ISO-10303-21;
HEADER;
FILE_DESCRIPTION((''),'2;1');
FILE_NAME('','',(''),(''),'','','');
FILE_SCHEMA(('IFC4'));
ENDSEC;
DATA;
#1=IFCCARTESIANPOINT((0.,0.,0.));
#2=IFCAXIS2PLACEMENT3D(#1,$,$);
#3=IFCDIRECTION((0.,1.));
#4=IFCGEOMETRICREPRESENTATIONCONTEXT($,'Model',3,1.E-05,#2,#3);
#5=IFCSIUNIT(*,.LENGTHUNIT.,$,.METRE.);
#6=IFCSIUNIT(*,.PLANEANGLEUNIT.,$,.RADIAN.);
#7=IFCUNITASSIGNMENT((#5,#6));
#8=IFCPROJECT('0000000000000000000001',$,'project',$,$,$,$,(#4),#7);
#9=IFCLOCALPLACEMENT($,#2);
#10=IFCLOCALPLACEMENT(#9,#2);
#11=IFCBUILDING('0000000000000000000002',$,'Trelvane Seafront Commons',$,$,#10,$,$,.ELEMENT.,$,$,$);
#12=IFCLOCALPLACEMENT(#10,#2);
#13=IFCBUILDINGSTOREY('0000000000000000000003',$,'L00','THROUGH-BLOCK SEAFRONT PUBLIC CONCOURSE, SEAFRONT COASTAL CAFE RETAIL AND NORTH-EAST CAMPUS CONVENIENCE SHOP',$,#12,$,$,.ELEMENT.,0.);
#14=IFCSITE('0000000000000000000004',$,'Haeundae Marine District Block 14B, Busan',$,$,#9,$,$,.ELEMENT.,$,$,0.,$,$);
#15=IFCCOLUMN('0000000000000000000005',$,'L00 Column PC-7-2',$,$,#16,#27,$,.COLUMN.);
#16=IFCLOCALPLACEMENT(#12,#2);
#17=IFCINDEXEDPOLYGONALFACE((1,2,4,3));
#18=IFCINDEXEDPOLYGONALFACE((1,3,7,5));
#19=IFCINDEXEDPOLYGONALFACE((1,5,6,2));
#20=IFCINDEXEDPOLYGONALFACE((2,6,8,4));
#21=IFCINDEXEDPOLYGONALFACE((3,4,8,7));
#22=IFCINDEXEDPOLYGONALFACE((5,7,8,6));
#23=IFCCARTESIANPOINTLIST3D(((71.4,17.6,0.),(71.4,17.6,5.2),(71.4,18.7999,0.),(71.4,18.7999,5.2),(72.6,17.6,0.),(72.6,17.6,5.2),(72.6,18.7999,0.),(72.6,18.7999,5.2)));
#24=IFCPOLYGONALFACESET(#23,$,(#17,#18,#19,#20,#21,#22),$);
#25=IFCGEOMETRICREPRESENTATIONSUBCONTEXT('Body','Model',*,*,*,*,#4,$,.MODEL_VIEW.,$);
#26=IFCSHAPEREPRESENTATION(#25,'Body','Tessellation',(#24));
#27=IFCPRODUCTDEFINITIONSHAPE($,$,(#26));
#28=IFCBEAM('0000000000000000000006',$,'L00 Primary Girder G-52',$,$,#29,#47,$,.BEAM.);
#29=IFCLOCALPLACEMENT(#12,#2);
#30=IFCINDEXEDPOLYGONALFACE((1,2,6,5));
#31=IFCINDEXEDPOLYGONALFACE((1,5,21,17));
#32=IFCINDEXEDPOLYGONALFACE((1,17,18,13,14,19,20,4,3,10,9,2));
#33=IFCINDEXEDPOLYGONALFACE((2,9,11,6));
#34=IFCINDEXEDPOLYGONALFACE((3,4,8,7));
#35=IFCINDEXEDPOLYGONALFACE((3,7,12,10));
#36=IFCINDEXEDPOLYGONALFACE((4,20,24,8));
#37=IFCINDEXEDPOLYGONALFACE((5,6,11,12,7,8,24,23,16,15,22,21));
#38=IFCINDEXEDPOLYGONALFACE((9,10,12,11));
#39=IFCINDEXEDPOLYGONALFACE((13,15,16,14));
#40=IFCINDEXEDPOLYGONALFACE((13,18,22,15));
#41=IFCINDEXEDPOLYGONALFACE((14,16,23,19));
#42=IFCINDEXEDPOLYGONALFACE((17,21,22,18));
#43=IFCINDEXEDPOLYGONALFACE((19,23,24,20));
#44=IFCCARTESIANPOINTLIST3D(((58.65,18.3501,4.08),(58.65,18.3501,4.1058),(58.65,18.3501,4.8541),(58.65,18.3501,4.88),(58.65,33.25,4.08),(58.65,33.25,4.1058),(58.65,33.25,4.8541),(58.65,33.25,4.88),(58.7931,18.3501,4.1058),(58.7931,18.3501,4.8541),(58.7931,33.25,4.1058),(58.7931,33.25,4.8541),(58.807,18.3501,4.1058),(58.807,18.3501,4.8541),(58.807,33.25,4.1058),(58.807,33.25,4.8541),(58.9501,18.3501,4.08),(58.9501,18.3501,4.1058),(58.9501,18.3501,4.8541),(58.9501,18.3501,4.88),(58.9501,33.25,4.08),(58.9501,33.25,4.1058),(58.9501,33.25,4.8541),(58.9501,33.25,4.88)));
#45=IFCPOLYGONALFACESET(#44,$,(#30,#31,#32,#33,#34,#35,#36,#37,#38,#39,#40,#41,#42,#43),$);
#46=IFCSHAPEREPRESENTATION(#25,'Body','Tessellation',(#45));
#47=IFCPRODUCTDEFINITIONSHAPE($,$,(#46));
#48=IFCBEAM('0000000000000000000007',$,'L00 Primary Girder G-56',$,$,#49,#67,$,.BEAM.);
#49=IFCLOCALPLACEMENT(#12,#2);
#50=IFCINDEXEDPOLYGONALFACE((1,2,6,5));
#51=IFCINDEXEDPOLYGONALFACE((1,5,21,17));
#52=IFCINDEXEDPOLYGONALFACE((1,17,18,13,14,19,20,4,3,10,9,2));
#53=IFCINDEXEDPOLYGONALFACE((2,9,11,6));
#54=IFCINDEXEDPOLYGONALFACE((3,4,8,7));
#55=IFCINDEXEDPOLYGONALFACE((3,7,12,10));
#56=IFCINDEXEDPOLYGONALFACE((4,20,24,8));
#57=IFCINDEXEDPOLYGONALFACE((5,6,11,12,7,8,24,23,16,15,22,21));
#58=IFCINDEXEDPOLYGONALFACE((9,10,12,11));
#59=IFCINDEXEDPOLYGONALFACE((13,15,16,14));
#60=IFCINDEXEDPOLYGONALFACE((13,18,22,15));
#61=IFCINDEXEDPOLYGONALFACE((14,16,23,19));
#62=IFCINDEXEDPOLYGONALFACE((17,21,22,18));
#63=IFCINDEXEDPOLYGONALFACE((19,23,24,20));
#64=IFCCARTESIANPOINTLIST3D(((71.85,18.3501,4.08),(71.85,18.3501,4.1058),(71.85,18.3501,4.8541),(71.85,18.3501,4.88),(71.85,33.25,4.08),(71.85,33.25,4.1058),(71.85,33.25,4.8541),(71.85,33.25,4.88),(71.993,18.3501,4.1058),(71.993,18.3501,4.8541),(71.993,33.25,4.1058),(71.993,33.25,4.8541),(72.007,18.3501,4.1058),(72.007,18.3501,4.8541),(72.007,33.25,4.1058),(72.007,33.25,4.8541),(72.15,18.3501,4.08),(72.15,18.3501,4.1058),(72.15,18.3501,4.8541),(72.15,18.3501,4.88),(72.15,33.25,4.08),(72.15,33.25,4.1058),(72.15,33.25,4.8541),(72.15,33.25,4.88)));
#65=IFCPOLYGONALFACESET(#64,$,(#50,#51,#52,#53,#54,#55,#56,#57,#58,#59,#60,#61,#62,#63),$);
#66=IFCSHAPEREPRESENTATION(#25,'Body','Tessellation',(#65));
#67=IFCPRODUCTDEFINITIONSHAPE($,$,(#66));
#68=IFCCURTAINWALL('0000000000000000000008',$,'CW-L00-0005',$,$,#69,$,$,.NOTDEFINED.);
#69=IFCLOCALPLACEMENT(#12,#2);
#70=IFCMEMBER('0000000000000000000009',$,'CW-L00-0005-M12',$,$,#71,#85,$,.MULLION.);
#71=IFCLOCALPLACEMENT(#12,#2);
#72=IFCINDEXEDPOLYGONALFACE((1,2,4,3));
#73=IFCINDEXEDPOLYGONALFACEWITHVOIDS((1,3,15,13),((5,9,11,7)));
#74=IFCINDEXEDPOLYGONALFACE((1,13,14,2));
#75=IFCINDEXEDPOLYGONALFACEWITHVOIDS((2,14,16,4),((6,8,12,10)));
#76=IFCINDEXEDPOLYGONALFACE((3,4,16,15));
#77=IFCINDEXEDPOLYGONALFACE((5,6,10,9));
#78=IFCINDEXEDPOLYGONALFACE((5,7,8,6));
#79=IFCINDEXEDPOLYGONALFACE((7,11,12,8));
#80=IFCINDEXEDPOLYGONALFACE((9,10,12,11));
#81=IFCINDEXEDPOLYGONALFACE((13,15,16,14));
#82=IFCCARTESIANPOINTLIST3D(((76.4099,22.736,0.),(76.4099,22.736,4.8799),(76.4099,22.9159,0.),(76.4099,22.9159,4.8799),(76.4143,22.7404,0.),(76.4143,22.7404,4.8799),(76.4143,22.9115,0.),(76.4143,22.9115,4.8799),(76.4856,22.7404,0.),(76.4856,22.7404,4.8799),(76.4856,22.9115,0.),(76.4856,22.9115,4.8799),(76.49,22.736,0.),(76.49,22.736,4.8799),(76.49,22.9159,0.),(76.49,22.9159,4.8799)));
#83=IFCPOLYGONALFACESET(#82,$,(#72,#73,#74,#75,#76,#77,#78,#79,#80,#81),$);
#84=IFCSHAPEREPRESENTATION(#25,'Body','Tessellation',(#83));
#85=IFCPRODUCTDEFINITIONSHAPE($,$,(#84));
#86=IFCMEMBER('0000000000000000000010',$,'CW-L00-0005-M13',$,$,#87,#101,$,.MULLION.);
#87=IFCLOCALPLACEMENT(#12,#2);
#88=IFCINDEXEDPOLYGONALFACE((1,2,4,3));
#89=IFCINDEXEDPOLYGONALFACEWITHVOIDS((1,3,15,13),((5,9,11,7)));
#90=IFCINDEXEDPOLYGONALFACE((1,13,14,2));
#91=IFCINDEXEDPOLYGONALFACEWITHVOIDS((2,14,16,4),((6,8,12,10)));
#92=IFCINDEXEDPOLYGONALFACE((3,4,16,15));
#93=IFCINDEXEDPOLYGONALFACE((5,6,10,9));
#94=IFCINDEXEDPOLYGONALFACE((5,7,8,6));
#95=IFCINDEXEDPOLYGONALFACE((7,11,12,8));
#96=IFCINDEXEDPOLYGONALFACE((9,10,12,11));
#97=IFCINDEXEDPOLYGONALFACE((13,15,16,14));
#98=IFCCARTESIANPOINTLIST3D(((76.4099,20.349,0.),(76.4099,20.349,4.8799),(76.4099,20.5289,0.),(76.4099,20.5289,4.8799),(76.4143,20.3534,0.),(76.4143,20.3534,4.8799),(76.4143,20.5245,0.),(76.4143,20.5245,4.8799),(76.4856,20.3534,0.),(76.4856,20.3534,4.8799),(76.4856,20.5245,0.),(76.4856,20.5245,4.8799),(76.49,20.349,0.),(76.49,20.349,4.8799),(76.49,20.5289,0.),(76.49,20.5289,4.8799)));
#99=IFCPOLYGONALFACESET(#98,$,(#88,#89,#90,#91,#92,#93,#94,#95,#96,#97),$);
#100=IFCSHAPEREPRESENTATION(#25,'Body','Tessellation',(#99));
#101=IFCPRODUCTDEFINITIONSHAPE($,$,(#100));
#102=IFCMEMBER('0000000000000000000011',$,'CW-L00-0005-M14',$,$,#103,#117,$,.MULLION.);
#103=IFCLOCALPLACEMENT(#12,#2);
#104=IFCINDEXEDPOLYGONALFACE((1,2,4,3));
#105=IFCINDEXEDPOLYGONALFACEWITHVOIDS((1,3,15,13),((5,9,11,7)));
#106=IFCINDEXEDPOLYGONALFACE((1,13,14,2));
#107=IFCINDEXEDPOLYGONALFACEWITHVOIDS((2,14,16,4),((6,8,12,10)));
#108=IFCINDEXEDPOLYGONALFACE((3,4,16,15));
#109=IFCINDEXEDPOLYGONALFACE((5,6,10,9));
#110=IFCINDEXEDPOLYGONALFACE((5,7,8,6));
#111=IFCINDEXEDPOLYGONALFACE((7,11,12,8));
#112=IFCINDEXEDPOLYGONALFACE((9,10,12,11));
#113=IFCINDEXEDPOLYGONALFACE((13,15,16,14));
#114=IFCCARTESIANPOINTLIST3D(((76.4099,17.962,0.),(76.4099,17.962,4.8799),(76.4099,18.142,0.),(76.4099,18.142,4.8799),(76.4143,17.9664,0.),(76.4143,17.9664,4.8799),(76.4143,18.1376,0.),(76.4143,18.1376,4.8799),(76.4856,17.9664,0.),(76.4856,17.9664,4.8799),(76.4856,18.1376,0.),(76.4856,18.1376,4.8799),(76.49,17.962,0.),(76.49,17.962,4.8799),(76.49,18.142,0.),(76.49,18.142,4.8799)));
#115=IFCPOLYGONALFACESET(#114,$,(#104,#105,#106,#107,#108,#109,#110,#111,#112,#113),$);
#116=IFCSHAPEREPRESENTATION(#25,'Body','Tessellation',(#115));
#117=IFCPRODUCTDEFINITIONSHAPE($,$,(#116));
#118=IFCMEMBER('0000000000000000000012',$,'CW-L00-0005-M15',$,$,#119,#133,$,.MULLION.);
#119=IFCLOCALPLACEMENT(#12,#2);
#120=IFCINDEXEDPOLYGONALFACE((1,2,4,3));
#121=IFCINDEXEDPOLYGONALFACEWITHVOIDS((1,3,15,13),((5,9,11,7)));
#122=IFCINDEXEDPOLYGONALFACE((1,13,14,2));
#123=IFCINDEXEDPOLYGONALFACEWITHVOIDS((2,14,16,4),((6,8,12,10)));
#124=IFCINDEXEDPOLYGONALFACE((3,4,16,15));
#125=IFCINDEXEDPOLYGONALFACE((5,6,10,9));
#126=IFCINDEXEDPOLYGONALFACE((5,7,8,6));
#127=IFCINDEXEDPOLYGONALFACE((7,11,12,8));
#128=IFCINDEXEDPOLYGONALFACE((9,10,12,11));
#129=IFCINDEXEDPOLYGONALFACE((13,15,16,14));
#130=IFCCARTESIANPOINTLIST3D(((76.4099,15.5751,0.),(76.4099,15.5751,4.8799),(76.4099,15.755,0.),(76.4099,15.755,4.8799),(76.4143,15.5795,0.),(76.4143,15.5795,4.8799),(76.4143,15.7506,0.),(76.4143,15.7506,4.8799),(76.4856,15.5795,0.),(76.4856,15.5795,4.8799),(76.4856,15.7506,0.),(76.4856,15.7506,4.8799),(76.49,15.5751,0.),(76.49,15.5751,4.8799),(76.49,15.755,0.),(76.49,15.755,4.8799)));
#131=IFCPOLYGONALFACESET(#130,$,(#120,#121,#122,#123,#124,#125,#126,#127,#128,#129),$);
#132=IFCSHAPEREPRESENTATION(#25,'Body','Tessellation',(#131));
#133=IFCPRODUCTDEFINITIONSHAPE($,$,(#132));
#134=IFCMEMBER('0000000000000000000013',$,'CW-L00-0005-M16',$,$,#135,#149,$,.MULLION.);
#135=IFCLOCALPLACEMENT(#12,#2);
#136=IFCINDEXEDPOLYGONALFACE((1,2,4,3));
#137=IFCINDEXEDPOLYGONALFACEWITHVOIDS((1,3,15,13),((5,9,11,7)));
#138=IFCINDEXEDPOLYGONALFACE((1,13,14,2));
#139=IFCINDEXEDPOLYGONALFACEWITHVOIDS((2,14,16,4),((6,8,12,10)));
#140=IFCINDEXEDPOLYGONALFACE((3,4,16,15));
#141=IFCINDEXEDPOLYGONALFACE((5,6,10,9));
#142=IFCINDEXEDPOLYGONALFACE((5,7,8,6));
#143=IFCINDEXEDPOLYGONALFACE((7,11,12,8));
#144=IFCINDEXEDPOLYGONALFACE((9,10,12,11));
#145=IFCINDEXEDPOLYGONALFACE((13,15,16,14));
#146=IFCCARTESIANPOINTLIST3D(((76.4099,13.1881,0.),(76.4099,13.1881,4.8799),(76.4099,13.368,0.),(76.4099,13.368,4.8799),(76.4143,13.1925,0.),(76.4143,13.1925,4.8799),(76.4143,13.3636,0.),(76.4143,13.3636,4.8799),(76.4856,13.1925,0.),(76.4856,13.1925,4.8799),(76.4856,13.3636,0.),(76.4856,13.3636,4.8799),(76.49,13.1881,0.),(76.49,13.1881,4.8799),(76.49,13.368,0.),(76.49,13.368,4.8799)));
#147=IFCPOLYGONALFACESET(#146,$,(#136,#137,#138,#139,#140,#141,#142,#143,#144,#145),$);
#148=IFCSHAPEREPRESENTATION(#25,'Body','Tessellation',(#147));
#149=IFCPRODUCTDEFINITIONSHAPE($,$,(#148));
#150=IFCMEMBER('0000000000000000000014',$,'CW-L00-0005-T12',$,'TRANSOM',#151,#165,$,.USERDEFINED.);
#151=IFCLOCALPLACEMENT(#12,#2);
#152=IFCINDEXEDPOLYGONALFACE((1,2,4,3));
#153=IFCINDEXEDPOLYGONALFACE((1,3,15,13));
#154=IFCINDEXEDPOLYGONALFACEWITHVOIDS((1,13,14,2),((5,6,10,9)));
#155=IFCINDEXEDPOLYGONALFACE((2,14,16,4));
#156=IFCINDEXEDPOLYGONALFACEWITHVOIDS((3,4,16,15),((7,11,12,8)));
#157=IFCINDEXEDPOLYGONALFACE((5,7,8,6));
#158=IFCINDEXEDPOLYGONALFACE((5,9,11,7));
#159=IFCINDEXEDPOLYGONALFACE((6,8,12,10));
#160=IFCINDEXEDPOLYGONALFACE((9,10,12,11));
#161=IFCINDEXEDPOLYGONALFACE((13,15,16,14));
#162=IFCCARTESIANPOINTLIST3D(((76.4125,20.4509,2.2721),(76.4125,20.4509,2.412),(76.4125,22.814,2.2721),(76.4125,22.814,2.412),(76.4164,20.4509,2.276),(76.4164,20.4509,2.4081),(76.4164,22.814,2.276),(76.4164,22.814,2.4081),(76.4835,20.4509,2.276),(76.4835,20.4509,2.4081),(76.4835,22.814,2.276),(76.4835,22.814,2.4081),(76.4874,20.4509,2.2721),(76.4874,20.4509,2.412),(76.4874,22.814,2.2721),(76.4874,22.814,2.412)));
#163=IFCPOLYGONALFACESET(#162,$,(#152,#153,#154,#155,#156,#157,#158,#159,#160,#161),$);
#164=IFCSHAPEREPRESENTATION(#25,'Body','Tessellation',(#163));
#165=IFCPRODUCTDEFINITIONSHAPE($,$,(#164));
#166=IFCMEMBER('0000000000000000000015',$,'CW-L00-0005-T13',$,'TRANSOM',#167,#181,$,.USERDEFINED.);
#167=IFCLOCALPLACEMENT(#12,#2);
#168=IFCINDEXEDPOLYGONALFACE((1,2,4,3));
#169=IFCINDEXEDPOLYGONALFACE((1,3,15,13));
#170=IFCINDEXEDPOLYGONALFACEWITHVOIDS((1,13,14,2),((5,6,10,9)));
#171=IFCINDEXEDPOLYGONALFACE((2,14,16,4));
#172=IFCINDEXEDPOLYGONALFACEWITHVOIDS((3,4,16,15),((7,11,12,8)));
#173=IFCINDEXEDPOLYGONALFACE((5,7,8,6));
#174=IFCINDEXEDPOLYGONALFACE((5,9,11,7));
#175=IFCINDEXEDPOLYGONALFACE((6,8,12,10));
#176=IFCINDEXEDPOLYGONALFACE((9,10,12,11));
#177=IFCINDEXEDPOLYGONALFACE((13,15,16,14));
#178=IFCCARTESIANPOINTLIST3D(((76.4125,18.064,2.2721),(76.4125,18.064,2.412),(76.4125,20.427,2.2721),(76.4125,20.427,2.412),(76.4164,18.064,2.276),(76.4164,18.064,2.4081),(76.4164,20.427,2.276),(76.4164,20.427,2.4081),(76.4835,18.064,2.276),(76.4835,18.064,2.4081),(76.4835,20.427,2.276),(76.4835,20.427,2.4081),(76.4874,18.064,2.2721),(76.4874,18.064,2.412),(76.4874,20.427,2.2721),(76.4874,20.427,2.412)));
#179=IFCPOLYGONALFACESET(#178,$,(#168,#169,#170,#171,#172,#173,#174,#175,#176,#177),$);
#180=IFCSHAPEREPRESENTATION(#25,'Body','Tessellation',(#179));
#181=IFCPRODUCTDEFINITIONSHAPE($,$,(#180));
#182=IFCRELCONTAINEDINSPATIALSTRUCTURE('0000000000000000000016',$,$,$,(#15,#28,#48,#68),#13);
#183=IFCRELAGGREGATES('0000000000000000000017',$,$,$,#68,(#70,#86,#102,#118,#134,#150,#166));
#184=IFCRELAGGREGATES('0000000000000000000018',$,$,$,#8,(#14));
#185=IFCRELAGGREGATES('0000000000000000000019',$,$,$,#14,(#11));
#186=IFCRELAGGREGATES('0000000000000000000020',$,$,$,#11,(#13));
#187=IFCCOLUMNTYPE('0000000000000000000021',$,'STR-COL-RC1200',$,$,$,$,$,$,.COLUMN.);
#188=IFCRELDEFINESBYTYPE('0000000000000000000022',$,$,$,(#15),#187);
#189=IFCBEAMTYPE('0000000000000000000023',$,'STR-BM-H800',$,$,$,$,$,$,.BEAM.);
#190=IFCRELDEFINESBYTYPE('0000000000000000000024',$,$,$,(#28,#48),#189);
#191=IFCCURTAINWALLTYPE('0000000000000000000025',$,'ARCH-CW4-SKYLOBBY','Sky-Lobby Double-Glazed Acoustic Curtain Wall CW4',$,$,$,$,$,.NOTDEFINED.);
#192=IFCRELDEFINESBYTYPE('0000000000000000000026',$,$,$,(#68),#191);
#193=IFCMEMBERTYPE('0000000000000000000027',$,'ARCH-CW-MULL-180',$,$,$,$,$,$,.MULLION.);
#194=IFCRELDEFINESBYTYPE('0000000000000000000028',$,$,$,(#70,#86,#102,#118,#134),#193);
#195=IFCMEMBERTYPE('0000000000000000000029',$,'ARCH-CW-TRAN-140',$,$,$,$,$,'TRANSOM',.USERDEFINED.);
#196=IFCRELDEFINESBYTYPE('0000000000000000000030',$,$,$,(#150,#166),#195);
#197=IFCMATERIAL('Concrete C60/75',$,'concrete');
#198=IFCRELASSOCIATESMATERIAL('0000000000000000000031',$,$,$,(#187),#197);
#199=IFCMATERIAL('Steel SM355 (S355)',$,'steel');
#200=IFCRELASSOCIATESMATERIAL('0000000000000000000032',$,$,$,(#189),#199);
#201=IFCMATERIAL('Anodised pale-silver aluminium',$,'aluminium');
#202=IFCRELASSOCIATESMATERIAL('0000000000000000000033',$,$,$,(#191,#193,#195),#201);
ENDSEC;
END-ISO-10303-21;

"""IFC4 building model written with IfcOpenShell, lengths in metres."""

from ifc_helpers import new_model, si_unit, direction, frame, origin, origin_2d, place, context, subcontext, project, spatial, rectangle, hollow_rectangle, i_section, extrude, source, transform, mapped, material, material_profile, profile_set, type_object, element, aggregate, save


model = new_model("IFC4")

# Units and contexts
model_context = context("Model", 3, precision=1e-05, world=origin(), true_north=direction((0.0, 1.0)))
body_context = subcontext(model_context, "Body", "Model", "MODEL_VIEW")
ifc_project = project(units=[si_unit("LENGTHUNIT", "METRE"), si_unit("PLANEANGLEUNIT", "RADIAN")], contexts=[model_context])

# Site, building, storey
site_placement = place(None, origin())
site = spatial("IfcSite", under=ifc_project, at=site_placement, Name="Haeundae Marine District Block 14B, Busan", CompositionType="ELEMENT", RefElevation=0.0)
building_placement = place(site_placement, origin())
building = spatial("IfcBuilding", under=site, at=building_placement, Name="Trelvane Seafront Commons", CompositionType="ELEMENT")
storey_placement = place(building_placement, origin())
storey = spatial("IfcBuildingStorey", under=building, at=storey_placement, Name="L00", Description="THROUGH-BLOCK SEAFRONT PUBLIC CONCOURSE, SEAFRONT COASTAL CAFE RETAIL AND NORTH-EAST CAMPUS CONVENIENCE SHOP", CompositionType="ELEMENT", Elevation=0.0)

# Column
ifc_material_1 = material(Name="Concrete C60/75", Category="concrete")
ifc_material_profile_1 = material_profile(ifc_material_1, rectangle(XDim=1.2, YDim=1.2, at=origin_2d()), Name="RC-1200x1200")
ifc_profile_set_1 = profile_set([ifc_material_profile_1], Name="Concrete C60/75")
column_type = type_object("IfcColumnType", Name="STR-COL-RC1200", PredefinedType="COLUMN", material=ifc_profile_set_1)
shared_shape_1 = source(origin(), body_context, "Body", "SweptSolid", [
    extrude(rectangle(XDim=1.2, YDim=1.2, at=origin_2d()), origin(), (0.0, 0.0, 1.0), 5.2),
])
column_placement = place(storey_placement, frame((72.0, 18.2, 0.0), z_axis=(0.0, 0.0, 1.0), x_axis=(1.0, 0.0, 0.0)))
element("IfcColumn", 1, at=column_placement, inside=storey, type_object=column_type, Name="L00 Column PC-7-2", PredefinedType="COLUMN", context=body_context, shape_type="MappedRepresentation", body=[
    mapped(shared_shape_1, transform((0.0, 0.0, 0.0), x_axis=(1.0, 0.0, 0.0), y_axis=(0.0, 1.0, 0.0), z_axis=(0.0, 0.0, 1.0), scale=1.0)),
])

# Beams
ifc_material_2 = material(Name="Steel SM355 (S355)", Category="steel")
ifc_material_profile_2 = material_profile(ifc_material_2, i_section(OverallWidth=0.3, OverallDepth=0.8, WebThickness=0.0139, FlangeThickness=0.0259, at=origin_2d()), Name="H-800x300x14x26")
ifc_profile_set_2 = profile_set([ifc_material_profile_2], Name="Steel SM355 (S355)")
beam_type = type_object("IfcBeamType", Name="STR-BM-H800", PredefinedType="BEAM", material=ifc_profile_set_2)
shared_shape_2 = source(origin(), body_context, "Body", "SweptSolid", [
    extrude(i_section(OverallWidth=0.3, OverallDepth=0.8, WebThickness=0.0139, FlangeThickness=0.0259, at=origin_2d()), origin(), (0.0, 0.0, 1.0), 14.8999),
])
for number, where, z_axis, x_axis, name in (
    (2, (58.8, 18.3501, 4.48), (0.0, 1.0, 0.0), (-1.0, 0.0, 0.0), "L00 Primary Girder G-52"),
    (3, (72.0, 18.3501, 4.48), (0.0, 1.0, 0.0), (-1.0, 0.0, 0.0), "L00 Primary Girder G-56"),
):
    element("IfcBeam", number, at=place(storey_placement, frame(where, z_axis=z_axis, x_axis=x_axis)), inside=storey, type_object=beam_type, Name=name, PredefinedType="BEAM", context=body_context, shape_type="MappedRepresentation", body=[
        mapped(shared_shape_2, transform((0.0, 0.0, 0.0), x_axis=(1.0, 0.0, 0.0), y_axis=(0.0, 1.0, 0.0), z_axis=(0.0, 0.0, 1.0), scale=1.0)),
    ])

# Curtain wall, members
ifc_material_3 = material(Name="Anodised pale-silver aluminium", Category="aluminium")
curtain_wall_type = type_object("IfcCurtainWallType", Name="ARCH-CW4-SKYLOBBY", Description="Sky-Lobby Double-Glazed Acoustic Curtain Wall CW4", PredefinedType="NOTDEFINED", material=ifc_material_3)
curtain_wall_placement = place(storey_placement, origin())
curtain_wall = element("IfcCurtainWall", 4, at=curtain_wall_placement, inside=storey, type_object=curtain_wall_type, Name="CW-L00-0005", PredefinedType="NOTDEFINED")
ifc_material_profile_3 = material_profile(ifc_material_3, hollow_rectangle(XDim=0.0801, YDim=0.1799, WallThickness=0.0044, at=origin_2d()), Name="MULL-80x180x4.5")
ifc_profile_set_3 = profile_set([ifc_material_profile_3], Name="Anodised pale-silver aluminium")
member_type_1 = type_object("IfcMemberType", Name="ARCH-CW-MULL-180", PredefinedType="MULLION", material=ifc_profile_set_3)
shared_shape_3 = source(origin(), body_context, "Body", "SweptSolid", [
    extrude(hollow_rectangle(XDim=0.0801, YDim=0.1799, WallThickness=0.0044, at=origin_2d()), origin(), (0.0, 0.0, 1.0), 4.8799),
])
member_1_placement = place(storey_placement, frame((76.45, 22.8259, 0.0), z_axis=(0.0, 0.0, 1.0), x_axis=(1.0, 0.0, 0.0)))
member_1 = element("IfcMember", 5, at=member_1_placement, type_object=member_type_1, Name="CW-L00-0005-M12", PredefinedType="MULLION", context=body_context, shape_type="MappedRepresentation", body=[
    mapped(shared_shape_3, transform((0.0, 0.0, 0.0), x_axis=(1.0, 0.0, 0.0), y_axis=(0.0, 1.0, 0.0), z_axis=(0.0, 0.0, 1.0), scale=1.0)),
])
member_2_placement = place(storey_placement, frame((76.45, 20.439, 0.0), z_axis=(0.0, 0.0, 1.0), x_axis=(1.0, 0.0, 0.0)))
member_2 = element("IfcMember", 6, at=member_2_placement, type_object=member_type_1, Name="CW-L00-0005-M13", PredefinedType="MULLION", context=body_context, shape_type="MappedRepresentation", body=[
    mapped(shared_shape_3, transform((0.0, 0.0, 0.0), x_axis=(1.0, 0.0, 0.0), y_axis=(0.0, 1.0, 0.0), z_axis=(0.0, 0.0, 1.0), scale=1.0)),
])
member_3_placement = place(storey_placement, frame((76.45, 18.052, 0.0), z_axis=(0.0, 0.0, 1.0), x_axis=(1.0, 0.0, 0.0)))
member_3 = element("IfcMember", 7, at=member_3_placement, type_object=member_type_1, Name="CW-L00-0005-M14", PredefinedType="MULLION", context=body_context, shape_type="MappedRepresentation", body=[
    mapped(shared_shape_3, transform((0.0, 0.0, 0.0), x_axis=(1.0, 0.0, 0.0), y_axis=(0.0, 1.0, 0.0), z_axis=(0.0, 0.0, 1.0), scale=1.0)),
])
member_4_placement = place(storey_placement, frame((76.45, 15.665, 0.0), z_axis=(0.0, 0.0, 1.0), x_axis=(1.0, 0.0, 0.0)))
member_4 = element("IfcMember", 8, at=member_4_placement, type_object=member_type_1, Name="CW-L00-0005-M15", PredefinedType="MULLION", context=body_context, shape_type="MappedRepresentation", body=[
    mapped(shared_shape_3, transform((0.0, 0.0, 0.0), x_axis=(1.0, 0.0, 0.0), y_axis=(0.0, 1.0, 0.0), z_axis=(0.0, 0.0, 1.0), scale=1.0)),
])
member_5_placement = place(storey_placement, frame((76.45, 13.2781, 0.0), z_axis=(0.0, 0.0, 1.0), x_axis=(1.0, 0.0, 0.0)))
member_5 = element("IfcMember", 9, at=member_5_placement, type_object=member_type_1, Name="CW-L00-0005-M16", PredefinedType="MULLION", context=body_context, shape_type="MappedRepresentation", body=[
    mapped(shared_shape_3, transform((0.0, 0.0, 0.0), x_axis=(1.0, 0.0, 0.0), y_axis=(0.0, 1.0, 0.0), z_axis=(0.0, 0.0, 1.0), scale=1.0)),
])
ifc_material_profile_4 = material_profile(ifc_material_3, hollow_rectangle(XDim=0.075, YDim=0.1399, WallThickness=0.0039, at=origin_2d()), Name="TRAN-75x140x4")
ifc_profile_set_4 = profile_set([ifc_material_profile_4], Name="Anodised pale-silver aluminium")
member_type_2 = type_object("IfcMemberType", Name="ARCH-CW-TRAN-140", ElementType="TRANSOM", PredefinedType="USERDEFINED", material=ifc_profile_set_4)
shared_shape_4 = source(origin(), body_context, "Body", "SweptSolid", [
    extrude(hollow_rectangle(XDim=0.075, YDim=0.1399, WallThickness=0.0039, at=origin_2d()), origin(), (0.0, 0.0, 1.0), 2.363),
])
member_6_placement = place(storey_placement, frame((76.45, 22.814, 2.342), z_axis=(0.0, -1.0, 0.0), x_axis=(1.0, 0.0, 0.0)))
member_6 = element("IfcMember", 10, at=member_6_placement, type_object=member_type_2, Name="CW-L00-0005-T12", ObjectType="TRANSOM", PredefinedType="USERDEFINED", context=body_context, shape_type="MappedRepresentation", body=[
    mapped(shared_shape_4, transform((0.0, 0.0, 0.0), x_axis=(1.0, 0.0, 0.0), y_axis=(0.0, 1.0, 0.0), z_axis=(0.0, 0.0, 1.0), scale=1.0)),
])
member_7_placement = place(storey_placement, frame((76.45, 20.427, 2.342), z_axis=(0.0, -1.0, 0.0), x_axis=(1.0, 0.0, 0.0)))
member_7 = element("IfcMember", 11, at=member_7_placement, type_object=member_type_2, Name="CW-L00-0005-T13", ObjectType="TRANSOM", PredefinedType="USERDEFINED", context=body_context, shape_type="MappedRepresentation", body=[
    mapped(shared_shape_4, transform((0.0, 0.0, 0.0), x_axis=(1.0, 0.0, 0.0), y_axis=(0.0, 1.0, 0.0), z_axis=(0.0, 0.0, 1.0), scale=1.0)),
])
aggregate(curtain_wall, [member_1, member_2, member_3, member_4, member_5, member_6, member_7])

save(model, "model.ifc")
